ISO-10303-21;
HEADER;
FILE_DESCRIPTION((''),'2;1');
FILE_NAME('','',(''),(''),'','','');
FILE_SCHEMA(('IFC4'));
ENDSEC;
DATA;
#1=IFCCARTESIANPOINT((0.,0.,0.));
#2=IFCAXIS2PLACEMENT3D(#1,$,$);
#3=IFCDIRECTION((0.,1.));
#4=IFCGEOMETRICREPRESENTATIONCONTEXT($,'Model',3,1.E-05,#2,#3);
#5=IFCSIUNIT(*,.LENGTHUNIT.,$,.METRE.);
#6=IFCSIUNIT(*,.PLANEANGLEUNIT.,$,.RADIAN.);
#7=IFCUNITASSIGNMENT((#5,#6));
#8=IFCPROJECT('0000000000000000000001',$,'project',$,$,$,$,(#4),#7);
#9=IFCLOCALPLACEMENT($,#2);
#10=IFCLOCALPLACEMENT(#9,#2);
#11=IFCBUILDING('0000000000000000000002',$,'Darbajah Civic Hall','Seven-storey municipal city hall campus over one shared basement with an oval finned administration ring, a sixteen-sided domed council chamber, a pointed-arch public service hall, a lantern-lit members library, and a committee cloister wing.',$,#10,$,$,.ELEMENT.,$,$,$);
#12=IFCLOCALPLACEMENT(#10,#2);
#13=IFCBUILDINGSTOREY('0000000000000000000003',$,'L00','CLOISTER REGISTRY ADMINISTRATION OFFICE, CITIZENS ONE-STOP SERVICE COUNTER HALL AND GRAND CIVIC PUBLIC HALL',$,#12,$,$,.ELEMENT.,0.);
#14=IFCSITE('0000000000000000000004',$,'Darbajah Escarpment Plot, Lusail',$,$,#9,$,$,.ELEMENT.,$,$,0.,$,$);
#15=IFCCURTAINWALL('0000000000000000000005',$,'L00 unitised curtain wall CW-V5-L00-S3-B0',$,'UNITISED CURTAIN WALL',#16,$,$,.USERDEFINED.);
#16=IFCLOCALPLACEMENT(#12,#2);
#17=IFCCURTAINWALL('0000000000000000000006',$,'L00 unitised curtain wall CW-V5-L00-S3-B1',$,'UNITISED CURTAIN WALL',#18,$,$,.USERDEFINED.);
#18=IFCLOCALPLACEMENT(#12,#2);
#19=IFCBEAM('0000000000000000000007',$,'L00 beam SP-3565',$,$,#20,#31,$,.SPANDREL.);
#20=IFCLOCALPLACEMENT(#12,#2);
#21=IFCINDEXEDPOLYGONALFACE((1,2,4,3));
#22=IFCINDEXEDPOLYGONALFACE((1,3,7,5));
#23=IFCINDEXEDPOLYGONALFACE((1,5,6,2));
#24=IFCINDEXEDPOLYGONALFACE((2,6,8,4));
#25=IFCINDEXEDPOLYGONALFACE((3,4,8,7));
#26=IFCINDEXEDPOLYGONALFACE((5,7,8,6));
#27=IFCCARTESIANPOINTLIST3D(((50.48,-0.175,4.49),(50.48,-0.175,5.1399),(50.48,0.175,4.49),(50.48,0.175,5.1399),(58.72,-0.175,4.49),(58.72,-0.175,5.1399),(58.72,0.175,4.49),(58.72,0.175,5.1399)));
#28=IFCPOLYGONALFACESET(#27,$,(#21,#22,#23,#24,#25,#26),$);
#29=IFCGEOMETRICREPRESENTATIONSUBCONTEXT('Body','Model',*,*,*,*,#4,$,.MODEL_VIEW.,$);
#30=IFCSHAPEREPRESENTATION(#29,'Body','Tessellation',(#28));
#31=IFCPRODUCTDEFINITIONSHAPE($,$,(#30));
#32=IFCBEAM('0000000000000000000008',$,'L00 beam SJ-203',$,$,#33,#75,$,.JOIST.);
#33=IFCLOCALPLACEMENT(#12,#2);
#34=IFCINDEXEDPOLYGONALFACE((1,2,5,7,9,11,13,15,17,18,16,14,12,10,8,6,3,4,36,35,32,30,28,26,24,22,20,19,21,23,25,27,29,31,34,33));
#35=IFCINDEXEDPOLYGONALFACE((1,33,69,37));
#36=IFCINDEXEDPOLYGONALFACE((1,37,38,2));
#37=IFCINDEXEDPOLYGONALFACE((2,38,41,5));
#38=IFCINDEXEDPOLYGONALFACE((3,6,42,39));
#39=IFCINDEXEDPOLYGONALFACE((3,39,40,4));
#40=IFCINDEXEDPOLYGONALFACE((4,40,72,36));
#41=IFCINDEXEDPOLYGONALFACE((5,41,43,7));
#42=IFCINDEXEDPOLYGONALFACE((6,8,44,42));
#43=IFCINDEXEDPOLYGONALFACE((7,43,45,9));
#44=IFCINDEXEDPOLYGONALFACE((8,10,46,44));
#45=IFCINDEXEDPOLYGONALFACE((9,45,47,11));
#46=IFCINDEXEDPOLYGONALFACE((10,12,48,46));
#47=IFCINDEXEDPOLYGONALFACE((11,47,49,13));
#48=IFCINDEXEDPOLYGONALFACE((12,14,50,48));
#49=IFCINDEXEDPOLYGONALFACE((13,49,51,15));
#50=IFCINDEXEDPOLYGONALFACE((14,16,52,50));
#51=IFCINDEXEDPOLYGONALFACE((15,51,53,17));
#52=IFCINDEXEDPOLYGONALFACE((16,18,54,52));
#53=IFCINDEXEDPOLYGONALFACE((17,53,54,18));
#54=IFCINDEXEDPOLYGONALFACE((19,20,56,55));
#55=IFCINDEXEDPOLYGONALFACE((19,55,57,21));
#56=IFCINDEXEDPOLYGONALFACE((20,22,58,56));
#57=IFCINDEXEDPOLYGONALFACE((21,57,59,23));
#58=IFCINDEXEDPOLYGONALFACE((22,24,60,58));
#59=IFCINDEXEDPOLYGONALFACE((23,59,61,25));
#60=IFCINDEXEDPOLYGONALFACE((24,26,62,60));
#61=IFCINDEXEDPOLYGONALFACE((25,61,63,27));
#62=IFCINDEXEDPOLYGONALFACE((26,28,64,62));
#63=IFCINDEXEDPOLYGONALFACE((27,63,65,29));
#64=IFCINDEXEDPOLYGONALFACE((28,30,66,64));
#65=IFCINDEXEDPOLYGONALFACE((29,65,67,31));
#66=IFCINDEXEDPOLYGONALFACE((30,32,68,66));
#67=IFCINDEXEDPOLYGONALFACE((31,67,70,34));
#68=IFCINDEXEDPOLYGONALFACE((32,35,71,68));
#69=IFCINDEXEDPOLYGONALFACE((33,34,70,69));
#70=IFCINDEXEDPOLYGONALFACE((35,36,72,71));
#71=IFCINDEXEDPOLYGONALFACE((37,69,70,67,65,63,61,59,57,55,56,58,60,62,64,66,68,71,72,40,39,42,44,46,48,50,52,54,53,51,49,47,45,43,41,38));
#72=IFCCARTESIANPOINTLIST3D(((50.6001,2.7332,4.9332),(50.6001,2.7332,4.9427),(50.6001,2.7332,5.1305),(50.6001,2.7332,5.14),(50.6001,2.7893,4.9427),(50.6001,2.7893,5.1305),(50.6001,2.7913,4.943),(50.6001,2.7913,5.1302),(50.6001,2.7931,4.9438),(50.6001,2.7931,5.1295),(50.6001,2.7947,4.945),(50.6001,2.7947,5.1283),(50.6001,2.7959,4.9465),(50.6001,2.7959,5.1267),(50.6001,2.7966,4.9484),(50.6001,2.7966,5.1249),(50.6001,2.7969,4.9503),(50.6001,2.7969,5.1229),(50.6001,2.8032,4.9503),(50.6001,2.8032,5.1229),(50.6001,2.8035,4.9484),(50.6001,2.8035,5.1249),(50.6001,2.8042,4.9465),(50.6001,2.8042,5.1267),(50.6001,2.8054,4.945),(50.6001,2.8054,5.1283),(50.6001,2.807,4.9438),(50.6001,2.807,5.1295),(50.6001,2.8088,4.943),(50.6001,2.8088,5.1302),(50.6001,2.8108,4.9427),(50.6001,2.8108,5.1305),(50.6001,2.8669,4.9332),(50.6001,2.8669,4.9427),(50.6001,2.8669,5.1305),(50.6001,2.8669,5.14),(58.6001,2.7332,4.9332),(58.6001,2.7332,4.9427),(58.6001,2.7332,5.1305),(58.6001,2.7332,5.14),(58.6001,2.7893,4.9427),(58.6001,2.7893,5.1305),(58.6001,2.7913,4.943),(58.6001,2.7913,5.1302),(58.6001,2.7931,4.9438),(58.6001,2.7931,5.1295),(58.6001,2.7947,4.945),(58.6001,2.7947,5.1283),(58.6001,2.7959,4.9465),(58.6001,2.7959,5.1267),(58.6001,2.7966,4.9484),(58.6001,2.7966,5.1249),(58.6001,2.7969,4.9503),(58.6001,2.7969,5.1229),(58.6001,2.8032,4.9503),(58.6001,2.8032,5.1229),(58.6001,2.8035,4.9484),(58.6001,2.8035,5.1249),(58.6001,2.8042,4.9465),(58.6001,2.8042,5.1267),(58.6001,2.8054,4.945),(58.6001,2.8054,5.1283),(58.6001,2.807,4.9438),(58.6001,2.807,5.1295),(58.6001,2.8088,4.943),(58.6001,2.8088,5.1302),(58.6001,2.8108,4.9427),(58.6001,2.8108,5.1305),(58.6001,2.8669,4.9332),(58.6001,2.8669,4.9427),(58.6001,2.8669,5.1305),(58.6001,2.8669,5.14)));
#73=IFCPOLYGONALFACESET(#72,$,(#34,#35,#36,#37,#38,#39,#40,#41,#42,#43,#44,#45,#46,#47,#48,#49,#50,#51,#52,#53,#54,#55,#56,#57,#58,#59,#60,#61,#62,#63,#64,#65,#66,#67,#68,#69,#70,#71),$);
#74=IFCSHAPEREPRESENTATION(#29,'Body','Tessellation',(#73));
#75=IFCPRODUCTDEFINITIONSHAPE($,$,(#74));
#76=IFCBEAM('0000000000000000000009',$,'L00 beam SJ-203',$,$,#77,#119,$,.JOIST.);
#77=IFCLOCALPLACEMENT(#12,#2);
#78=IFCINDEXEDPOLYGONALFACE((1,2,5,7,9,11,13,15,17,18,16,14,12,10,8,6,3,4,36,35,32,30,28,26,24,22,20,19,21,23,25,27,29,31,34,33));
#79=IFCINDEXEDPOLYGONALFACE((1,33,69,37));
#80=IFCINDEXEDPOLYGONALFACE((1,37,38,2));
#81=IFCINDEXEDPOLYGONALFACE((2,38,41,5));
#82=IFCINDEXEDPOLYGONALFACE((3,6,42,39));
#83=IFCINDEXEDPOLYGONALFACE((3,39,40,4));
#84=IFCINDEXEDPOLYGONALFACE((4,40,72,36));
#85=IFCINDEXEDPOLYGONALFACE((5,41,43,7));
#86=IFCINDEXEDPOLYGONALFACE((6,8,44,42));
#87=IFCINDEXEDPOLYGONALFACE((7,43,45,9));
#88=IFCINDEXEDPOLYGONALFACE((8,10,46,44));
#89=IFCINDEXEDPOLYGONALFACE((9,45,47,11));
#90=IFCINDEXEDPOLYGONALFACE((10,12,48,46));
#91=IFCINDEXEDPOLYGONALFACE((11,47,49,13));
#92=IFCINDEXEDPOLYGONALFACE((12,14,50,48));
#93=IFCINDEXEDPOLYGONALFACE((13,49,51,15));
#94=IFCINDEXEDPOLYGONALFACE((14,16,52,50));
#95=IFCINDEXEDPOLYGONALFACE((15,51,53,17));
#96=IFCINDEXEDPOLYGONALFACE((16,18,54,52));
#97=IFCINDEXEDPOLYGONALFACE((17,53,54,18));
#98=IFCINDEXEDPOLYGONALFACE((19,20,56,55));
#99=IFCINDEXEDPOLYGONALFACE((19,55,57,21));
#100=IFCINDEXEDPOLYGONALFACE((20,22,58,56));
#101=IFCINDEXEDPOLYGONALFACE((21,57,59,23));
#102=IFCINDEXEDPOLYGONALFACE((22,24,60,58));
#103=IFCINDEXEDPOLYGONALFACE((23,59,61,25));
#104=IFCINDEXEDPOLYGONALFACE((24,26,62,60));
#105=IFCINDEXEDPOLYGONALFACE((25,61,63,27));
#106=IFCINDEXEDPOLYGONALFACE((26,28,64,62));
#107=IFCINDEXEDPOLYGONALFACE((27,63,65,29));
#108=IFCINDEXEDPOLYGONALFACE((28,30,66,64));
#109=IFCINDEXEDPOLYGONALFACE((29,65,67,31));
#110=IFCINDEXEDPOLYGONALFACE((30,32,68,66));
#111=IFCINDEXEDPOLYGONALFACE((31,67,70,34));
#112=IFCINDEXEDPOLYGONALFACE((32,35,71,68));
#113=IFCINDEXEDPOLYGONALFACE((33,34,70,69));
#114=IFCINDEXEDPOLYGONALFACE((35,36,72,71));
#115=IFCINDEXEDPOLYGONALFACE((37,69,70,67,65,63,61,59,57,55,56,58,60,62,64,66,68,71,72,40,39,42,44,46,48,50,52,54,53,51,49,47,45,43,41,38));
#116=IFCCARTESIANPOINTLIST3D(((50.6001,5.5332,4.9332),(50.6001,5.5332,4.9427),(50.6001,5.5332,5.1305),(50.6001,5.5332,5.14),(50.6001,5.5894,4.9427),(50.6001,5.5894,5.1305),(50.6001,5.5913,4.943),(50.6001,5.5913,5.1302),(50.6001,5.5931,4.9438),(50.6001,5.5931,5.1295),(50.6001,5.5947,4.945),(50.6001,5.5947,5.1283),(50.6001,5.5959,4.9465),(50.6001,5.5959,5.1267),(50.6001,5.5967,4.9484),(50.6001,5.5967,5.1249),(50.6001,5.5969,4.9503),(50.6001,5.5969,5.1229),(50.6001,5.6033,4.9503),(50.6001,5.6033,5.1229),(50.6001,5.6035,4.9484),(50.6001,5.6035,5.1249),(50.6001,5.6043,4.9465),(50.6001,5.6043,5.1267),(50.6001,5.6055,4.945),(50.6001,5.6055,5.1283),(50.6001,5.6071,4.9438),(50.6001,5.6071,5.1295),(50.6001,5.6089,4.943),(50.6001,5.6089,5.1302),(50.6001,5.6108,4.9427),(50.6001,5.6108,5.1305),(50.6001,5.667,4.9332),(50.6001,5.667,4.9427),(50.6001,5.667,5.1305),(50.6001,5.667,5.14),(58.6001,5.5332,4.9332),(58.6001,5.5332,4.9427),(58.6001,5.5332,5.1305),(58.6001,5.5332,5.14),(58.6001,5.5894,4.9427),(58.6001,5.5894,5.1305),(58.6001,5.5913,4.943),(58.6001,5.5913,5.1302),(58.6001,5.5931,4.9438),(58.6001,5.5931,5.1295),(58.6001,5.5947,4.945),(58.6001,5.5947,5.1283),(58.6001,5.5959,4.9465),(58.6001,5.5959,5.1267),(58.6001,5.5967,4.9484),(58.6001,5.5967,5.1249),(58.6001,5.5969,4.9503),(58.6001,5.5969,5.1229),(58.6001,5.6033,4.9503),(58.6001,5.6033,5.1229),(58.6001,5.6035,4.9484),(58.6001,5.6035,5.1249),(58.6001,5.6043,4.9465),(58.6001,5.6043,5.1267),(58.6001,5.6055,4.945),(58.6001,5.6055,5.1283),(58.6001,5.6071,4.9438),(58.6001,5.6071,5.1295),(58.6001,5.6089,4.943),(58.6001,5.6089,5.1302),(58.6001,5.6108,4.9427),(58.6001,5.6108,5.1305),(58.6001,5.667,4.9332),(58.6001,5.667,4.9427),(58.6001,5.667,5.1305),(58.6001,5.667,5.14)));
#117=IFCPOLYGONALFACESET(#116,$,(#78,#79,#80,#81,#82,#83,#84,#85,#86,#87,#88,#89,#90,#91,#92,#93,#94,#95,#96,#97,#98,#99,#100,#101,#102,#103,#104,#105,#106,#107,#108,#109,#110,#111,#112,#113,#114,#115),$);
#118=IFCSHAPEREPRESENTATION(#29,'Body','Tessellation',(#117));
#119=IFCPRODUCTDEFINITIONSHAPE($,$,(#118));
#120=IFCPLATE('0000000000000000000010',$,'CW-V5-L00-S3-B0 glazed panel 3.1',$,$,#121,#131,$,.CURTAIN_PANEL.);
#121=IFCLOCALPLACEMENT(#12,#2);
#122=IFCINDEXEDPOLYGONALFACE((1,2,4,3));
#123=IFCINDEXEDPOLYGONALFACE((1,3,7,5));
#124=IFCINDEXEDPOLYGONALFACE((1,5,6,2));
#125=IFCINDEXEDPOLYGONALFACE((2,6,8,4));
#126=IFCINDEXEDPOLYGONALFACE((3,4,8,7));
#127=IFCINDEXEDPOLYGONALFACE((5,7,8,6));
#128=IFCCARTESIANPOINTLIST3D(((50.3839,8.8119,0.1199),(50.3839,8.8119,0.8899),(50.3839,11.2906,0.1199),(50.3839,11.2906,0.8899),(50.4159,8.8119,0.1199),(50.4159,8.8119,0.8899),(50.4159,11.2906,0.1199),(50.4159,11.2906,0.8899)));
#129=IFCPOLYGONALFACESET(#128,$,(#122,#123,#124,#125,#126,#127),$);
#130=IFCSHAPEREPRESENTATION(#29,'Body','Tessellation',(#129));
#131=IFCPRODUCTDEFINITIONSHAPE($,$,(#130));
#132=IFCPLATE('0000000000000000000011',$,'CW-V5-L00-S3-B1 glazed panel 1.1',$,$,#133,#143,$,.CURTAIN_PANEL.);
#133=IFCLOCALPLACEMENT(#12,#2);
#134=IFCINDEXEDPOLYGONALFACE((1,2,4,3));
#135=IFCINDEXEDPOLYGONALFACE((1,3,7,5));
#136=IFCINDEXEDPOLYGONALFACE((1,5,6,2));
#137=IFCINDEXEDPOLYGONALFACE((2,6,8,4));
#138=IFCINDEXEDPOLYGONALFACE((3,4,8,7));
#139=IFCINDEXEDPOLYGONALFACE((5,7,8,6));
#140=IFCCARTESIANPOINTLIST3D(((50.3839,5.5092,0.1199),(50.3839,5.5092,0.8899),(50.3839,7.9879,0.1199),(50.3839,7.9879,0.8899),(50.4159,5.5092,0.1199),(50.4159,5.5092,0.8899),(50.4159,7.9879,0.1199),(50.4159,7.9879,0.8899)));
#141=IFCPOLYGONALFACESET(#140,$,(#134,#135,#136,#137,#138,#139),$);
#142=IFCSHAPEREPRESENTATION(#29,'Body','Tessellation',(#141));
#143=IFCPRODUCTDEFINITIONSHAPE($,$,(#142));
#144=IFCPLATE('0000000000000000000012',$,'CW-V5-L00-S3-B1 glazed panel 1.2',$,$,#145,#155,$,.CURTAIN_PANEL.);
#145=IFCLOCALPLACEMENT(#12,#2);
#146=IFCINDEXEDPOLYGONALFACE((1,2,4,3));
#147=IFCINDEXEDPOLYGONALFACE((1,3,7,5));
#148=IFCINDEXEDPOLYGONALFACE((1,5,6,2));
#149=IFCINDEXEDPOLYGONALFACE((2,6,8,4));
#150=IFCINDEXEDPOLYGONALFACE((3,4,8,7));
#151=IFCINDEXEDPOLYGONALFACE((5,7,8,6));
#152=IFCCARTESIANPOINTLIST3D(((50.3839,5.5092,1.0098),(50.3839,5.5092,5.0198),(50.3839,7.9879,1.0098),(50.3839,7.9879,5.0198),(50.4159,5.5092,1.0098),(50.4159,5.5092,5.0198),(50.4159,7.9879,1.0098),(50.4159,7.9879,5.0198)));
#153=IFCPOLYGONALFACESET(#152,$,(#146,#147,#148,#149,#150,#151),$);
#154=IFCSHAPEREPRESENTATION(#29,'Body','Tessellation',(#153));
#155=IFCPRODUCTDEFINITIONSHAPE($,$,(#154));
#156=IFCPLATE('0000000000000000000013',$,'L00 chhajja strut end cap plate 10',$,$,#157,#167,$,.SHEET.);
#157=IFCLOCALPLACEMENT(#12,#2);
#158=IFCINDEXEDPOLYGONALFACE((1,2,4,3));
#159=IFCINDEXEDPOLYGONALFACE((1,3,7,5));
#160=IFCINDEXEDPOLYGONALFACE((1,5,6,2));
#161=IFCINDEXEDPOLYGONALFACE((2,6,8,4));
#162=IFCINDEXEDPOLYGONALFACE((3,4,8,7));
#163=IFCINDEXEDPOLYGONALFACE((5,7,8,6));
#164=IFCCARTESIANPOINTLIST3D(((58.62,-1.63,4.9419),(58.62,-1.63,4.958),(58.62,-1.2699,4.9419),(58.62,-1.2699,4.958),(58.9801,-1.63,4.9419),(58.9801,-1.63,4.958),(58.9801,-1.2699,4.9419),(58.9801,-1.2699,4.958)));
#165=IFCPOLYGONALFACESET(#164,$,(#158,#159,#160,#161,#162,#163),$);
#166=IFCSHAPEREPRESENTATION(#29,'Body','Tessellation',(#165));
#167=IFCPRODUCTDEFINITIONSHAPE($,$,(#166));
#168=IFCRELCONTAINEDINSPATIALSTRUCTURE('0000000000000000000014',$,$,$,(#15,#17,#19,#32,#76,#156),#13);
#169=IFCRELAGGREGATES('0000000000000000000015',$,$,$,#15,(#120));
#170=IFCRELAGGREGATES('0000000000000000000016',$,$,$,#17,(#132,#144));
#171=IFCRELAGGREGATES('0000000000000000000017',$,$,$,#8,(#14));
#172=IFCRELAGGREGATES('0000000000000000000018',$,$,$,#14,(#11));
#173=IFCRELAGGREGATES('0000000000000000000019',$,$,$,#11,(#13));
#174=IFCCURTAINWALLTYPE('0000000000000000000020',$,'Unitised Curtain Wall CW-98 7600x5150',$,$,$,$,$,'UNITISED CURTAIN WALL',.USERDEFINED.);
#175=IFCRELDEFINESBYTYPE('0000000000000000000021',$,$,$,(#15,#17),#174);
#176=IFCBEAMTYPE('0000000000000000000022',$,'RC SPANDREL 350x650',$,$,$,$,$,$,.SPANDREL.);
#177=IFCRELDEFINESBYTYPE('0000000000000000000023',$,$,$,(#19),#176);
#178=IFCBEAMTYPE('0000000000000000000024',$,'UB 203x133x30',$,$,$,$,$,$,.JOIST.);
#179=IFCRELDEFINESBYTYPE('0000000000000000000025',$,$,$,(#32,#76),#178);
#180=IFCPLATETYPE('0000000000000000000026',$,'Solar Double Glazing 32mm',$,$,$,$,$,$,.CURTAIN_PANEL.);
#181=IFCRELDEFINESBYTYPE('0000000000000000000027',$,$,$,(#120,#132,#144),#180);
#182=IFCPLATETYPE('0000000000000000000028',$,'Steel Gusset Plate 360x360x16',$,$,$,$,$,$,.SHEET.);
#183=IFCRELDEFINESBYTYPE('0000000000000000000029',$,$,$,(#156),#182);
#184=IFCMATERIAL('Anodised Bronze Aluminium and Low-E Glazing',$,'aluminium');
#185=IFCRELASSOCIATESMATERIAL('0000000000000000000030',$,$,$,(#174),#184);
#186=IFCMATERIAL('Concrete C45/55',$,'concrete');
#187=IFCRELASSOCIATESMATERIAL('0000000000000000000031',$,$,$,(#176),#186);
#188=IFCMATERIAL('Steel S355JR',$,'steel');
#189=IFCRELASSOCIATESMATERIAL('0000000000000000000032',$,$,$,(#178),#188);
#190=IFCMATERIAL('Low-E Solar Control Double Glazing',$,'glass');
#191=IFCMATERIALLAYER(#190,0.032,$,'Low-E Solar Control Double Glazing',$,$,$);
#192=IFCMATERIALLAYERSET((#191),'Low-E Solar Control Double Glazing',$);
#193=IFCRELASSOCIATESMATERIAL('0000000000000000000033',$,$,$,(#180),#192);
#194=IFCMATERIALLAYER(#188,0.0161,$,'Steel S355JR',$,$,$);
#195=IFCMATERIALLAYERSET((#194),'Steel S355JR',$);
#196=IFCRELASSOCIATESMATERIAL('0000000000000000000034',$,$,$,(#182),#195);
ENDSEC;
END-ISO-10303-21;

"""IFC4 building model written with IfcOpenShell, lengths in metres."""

from ifc_helpers import new_model, si_unit, direction, frame, origin, origin_2d, place, context, subcontext, project, spatial, rectangle, i_section, extrude, material, layer, layer_set, material_profile, profile_set, type_object, element, aggregate, save


model = new_model("IFC4")

# Units and contexts
model_context = context("Model", 3, precision=1e-05, world=origin(), true_north=direction((0.0, 1.0)))
body_context = subcontext(model_context, "Body", "Model", "MODEL_VIEW")
ifc_project = project(units=[si_unit("LENGTHUNIT", "METRE"), si_unit("PLANEANGLEUNIT", "RADIAN")], contexts=[model_context])

# Site, building, storey
site_placement = place(None, origin())
site = spatial("IfcSite", under=ifc_project, at=site_placement, Name="Darbajah Escarpment Plot, Lusail", CompositionType="ELEMENT", RefElevation=0.0)
building_placement = place(site_placement, origin())
building = spatial("IfcBuilding", under=site, at=building_placement, Name="Darbajah Civic Hall", Description="Seven-storey municipal city hall campus over one shared basement with an oval finned administration ring, a sixteen-sided domed council chamber, a pointed-arch public service hall, a lantern-lit members library, and a committee cloister wing.", CompositionType="ELEMENT")
storey_placement = place(building_placement, origin())
storey = spatial("IfcBuildingStorey", under=building, at=storey_placement, Name="L00", Description="CLOISTER REGISTRY ADMINISTRATION OFFICE, CITIZENS ONE-STOP SERVICE COUNTER HALL AND GRAND CIVIC PUBLIC HALL", CompositionType="ELEMENT", Elevation=0.0)

# Shared definitions
ifc_material_1 = material(Name="Concrete C45/55", Category="concrete")

# Curtain wall
ifc_material_2 = material(Name="Anodised Bronze Aluminium and Low-E Glazing", Category="aluminium")
curtain_wall_type = type_object("IfcCurtainWallType", Name="Unitised Curtain Wall CW-98 7600x5150", ElementType="UNITISED CURTAIN WALL", PredefinedType="USERDEFINED", material=ifc_material_2)
curtain_wall_1_placement = place(storey_placement, origin())
curtain_wall_1 = element("IfcCurtainWall", 1, at=curtain_wall_1_placement, inside=storey, type_object=curtain_wall_type, Name="L00 unitised curtain wall CW-V5-L00-S3-B0", ObjectType="UNITISED CURTAIN WALL", PredefinedType="USERDEFINED")

# Curtain wall
curtain_wall_2_placement = place(storey_placement, origin())
curtain_wall_2 = element("IfcCurtainWall", 2, at=curtain_wall_2_placement, inside=storey, type_object=curtain_wall_type, Name="L00 unitised curtain wall CW-V5-L00-S3-B1", ObjectType="UNITISED CURTAIN WALL", PredefinedType="USERDEFINED")

# Beams
ifc_material_profile_1 = material_profile(ifc_material_1, rectangle(XDim=0.3501, YDim=0.6499, at=origin_2d()), Name="RC SPANDREL 350x650")
ifc_profile_set_1 = profile_set([ifc_material_profile_1], Name="Concrete C45/55")
beam_type_1 = type_object("IfcBeamType", Name="RC SPANDREL 350x650", PredefinedType="SPANDREL", material=ifc_profile_set_1)
beam_1_placement = place(storey_placement, frame((50.48, 0.0, 4.8149), z_axis=(1.0, 0.0, 0.0), x_axis=(0.0, 1.0, 0.0)))
element("IfcBeam", 3, at=beam_1_placement, inside=storey, type_object=beam_type_1, Name="L00 beam SP-3565", PredefinedType="SPANDREL", context=body_context, shape_type="SweptSolid", body=[
    extrude(rectangle(XDim=0.3501, YDim=0.6499, at=origin_2d()), origin(), (0.0, 0.0, 1.0), 8.24),
])
ifc_material_3 = material(Name="Steel S355JR", Category="steel")
ifc_material_profile_2 = material_profile(ifc_material_3, i_section(OverallWidth=0.1338, OverallDepth=0.2068, WebThickness=0.0063, FlangeThickness=0.0095, FilletRadius=0.0076, at=origin_2d()), Name="UB 203x133x30")
ifc_profile_set_2 = profile_set([ifc_material_profile_2], Name="Steel S355JR")
beam_type_2 = type_object("IfcBeamType", Name="UB 203x133x30", PredefinedType="JOIST", material=ifc_profile_set_2)
for number, where, z_axis, x_axis, name in (
    (4, (50.6001, 2.8, 5.0366), (1.0, 0.0, 0.0), (0.0, 1.0, 0.0), "L00 beam SJ-203"),
    (5, (50.6001, 5.6001, 5.0366), (1.0, 0.0, 0.0), (0.0, 1.0, 0.0), "L00 beam SJ-203"),
):
    element("IfcBeam", number, at=place(storey_placement, frame(where, z_axis=z_axis, x_axis=x_axis)), inside=storey, type_object=beam_type_2, Name=name, PredefinedType="JOIST", context=body_context, shape_type="SweptSolid", body=[
        extrude(i_section(OverallWidth=0.1338, OverallDepth=0.2068, WebThickness=0.0063, FlangeThickness=0.0095, FilletRadius=0.0076, at=origin_2d()), origin(), (0.0, 0.0, 1.0), 8.0),
    ])

# Plates
ifc_material_4 = material(Name="Low-E Solar Control Double Glazing", Category="glass")
ifc_layer_1 = layer(ifc_material_4, 0.032, Name="Low-E Solar Control Double Glazing")
ifc_layer_set_1 = layer_set([ifc_layer_1], Name="Low-E Solar Control Double Glazing")
plate_type_1 = type_object("IfcPlateType", Name="Solar Double Glazing 32mm", PredefinedType="CURTAIN_PANEL", material=ifc_layer_set_1)
plate_1_placement = place(storey_placement, frame((50.3999, 10.0513, 0.1199), z_axis=(0.0, 0.0, 1.0), x_axis=(0.0, -1.0, 0.0)))
plate_1 = element("IfcPlate", 6, at=plate_1_placement, type_object=plate_type_1, Name="CW-V5-L00-S3-B0 glazed panel 3.1", PredefinedType="CURTAIN_PANEL", context=body_context, shape_type="SweptSolid", body=[
    extrude(rectangle(XDim=2.4788, YDim=0.032, at=origin_2d()), origin(), (0.0, 0.0, 1.0), 0.77),
])
aggregate(curtain_wall_1, [plate_1])
plate_2_placement = place(storey_placement, frame((50.3999, 6.7485, 0.1199), z_axis=(0.0, 0.0, 1.0), x_axis=(0.0, -1.0, 0.0)))
plate_2 = element("IfcPlate", 7, at=plate_2_placement, type_object=plate_type_1, Name="CW-V5-L00-S3-B1 glazed panel 1.1", PredefinedType="CURTAIN_PANEL", context=body_context, shape_type="SweptSolid", body=[
    extrude(rectangle(XDim=2.4788, YDim=0.032, at=origin_2d()), origin(), (0.0, 0.0, 1.0), 0.77),
])
plate_3_placement = place(storey_placement, frame((50.3999, 6.7485, 1.0098), z_axis=(0.0, 0.0, 1.0), x_axis=(0.0, -1.0, 0.0)))
plate_3 = element("IfcPlate", 8, at=plate_3_placement, type_object=plate_type_1, Name="CW-V5-L00-S3-B1 glazed panel 1.2", PredefinedType="CURTAIN_PANEL", context=body_context, shape_type="SweptSolid", body=[
    extrude(rectangle(XDim=2.4788, YDim=0.032, at=origin_2d()), origin(), (0.0, 0.0, 1.0), 4.01),
])
aggregate(curtain_wall_2, [plate_2, plate_3])
ifc_layer_2 = layer(ifc_material_3, 0.0161, Name="Steel S355JR")
ifc_layer_set_2 = layer_set([ifc_layer_2], Name="Steel S355JR")
plate_type_2 = type_object("IfcPlateType", Name="Steel Gusset Plate 360x360x16", PredefinedType="SHEET", material=ifc_layer_set_2)
plate_4_placement = place(storey_placement, frame((58.8, -1.45, 4.9419), z_axis=(0.0, 0.0, 1.0), x_axis=(1.0, 0.0, 0.0)))
element("IfcPlate", 9, at=plate_4_placement, inside=storey, type_object=plate_type_2, Name="L00 chhajja strut end cap plate 10", PredefinedType="SHEET", context=body_context, shape_type="SweptSolid", body=[
    extrude(rectangle(XDim=0.3601, YDim=0.3601, at=origin_2d()), origin(), (0.0, 0.0, 1.0), 0.0161),
])

save(model, "model.ifc")
